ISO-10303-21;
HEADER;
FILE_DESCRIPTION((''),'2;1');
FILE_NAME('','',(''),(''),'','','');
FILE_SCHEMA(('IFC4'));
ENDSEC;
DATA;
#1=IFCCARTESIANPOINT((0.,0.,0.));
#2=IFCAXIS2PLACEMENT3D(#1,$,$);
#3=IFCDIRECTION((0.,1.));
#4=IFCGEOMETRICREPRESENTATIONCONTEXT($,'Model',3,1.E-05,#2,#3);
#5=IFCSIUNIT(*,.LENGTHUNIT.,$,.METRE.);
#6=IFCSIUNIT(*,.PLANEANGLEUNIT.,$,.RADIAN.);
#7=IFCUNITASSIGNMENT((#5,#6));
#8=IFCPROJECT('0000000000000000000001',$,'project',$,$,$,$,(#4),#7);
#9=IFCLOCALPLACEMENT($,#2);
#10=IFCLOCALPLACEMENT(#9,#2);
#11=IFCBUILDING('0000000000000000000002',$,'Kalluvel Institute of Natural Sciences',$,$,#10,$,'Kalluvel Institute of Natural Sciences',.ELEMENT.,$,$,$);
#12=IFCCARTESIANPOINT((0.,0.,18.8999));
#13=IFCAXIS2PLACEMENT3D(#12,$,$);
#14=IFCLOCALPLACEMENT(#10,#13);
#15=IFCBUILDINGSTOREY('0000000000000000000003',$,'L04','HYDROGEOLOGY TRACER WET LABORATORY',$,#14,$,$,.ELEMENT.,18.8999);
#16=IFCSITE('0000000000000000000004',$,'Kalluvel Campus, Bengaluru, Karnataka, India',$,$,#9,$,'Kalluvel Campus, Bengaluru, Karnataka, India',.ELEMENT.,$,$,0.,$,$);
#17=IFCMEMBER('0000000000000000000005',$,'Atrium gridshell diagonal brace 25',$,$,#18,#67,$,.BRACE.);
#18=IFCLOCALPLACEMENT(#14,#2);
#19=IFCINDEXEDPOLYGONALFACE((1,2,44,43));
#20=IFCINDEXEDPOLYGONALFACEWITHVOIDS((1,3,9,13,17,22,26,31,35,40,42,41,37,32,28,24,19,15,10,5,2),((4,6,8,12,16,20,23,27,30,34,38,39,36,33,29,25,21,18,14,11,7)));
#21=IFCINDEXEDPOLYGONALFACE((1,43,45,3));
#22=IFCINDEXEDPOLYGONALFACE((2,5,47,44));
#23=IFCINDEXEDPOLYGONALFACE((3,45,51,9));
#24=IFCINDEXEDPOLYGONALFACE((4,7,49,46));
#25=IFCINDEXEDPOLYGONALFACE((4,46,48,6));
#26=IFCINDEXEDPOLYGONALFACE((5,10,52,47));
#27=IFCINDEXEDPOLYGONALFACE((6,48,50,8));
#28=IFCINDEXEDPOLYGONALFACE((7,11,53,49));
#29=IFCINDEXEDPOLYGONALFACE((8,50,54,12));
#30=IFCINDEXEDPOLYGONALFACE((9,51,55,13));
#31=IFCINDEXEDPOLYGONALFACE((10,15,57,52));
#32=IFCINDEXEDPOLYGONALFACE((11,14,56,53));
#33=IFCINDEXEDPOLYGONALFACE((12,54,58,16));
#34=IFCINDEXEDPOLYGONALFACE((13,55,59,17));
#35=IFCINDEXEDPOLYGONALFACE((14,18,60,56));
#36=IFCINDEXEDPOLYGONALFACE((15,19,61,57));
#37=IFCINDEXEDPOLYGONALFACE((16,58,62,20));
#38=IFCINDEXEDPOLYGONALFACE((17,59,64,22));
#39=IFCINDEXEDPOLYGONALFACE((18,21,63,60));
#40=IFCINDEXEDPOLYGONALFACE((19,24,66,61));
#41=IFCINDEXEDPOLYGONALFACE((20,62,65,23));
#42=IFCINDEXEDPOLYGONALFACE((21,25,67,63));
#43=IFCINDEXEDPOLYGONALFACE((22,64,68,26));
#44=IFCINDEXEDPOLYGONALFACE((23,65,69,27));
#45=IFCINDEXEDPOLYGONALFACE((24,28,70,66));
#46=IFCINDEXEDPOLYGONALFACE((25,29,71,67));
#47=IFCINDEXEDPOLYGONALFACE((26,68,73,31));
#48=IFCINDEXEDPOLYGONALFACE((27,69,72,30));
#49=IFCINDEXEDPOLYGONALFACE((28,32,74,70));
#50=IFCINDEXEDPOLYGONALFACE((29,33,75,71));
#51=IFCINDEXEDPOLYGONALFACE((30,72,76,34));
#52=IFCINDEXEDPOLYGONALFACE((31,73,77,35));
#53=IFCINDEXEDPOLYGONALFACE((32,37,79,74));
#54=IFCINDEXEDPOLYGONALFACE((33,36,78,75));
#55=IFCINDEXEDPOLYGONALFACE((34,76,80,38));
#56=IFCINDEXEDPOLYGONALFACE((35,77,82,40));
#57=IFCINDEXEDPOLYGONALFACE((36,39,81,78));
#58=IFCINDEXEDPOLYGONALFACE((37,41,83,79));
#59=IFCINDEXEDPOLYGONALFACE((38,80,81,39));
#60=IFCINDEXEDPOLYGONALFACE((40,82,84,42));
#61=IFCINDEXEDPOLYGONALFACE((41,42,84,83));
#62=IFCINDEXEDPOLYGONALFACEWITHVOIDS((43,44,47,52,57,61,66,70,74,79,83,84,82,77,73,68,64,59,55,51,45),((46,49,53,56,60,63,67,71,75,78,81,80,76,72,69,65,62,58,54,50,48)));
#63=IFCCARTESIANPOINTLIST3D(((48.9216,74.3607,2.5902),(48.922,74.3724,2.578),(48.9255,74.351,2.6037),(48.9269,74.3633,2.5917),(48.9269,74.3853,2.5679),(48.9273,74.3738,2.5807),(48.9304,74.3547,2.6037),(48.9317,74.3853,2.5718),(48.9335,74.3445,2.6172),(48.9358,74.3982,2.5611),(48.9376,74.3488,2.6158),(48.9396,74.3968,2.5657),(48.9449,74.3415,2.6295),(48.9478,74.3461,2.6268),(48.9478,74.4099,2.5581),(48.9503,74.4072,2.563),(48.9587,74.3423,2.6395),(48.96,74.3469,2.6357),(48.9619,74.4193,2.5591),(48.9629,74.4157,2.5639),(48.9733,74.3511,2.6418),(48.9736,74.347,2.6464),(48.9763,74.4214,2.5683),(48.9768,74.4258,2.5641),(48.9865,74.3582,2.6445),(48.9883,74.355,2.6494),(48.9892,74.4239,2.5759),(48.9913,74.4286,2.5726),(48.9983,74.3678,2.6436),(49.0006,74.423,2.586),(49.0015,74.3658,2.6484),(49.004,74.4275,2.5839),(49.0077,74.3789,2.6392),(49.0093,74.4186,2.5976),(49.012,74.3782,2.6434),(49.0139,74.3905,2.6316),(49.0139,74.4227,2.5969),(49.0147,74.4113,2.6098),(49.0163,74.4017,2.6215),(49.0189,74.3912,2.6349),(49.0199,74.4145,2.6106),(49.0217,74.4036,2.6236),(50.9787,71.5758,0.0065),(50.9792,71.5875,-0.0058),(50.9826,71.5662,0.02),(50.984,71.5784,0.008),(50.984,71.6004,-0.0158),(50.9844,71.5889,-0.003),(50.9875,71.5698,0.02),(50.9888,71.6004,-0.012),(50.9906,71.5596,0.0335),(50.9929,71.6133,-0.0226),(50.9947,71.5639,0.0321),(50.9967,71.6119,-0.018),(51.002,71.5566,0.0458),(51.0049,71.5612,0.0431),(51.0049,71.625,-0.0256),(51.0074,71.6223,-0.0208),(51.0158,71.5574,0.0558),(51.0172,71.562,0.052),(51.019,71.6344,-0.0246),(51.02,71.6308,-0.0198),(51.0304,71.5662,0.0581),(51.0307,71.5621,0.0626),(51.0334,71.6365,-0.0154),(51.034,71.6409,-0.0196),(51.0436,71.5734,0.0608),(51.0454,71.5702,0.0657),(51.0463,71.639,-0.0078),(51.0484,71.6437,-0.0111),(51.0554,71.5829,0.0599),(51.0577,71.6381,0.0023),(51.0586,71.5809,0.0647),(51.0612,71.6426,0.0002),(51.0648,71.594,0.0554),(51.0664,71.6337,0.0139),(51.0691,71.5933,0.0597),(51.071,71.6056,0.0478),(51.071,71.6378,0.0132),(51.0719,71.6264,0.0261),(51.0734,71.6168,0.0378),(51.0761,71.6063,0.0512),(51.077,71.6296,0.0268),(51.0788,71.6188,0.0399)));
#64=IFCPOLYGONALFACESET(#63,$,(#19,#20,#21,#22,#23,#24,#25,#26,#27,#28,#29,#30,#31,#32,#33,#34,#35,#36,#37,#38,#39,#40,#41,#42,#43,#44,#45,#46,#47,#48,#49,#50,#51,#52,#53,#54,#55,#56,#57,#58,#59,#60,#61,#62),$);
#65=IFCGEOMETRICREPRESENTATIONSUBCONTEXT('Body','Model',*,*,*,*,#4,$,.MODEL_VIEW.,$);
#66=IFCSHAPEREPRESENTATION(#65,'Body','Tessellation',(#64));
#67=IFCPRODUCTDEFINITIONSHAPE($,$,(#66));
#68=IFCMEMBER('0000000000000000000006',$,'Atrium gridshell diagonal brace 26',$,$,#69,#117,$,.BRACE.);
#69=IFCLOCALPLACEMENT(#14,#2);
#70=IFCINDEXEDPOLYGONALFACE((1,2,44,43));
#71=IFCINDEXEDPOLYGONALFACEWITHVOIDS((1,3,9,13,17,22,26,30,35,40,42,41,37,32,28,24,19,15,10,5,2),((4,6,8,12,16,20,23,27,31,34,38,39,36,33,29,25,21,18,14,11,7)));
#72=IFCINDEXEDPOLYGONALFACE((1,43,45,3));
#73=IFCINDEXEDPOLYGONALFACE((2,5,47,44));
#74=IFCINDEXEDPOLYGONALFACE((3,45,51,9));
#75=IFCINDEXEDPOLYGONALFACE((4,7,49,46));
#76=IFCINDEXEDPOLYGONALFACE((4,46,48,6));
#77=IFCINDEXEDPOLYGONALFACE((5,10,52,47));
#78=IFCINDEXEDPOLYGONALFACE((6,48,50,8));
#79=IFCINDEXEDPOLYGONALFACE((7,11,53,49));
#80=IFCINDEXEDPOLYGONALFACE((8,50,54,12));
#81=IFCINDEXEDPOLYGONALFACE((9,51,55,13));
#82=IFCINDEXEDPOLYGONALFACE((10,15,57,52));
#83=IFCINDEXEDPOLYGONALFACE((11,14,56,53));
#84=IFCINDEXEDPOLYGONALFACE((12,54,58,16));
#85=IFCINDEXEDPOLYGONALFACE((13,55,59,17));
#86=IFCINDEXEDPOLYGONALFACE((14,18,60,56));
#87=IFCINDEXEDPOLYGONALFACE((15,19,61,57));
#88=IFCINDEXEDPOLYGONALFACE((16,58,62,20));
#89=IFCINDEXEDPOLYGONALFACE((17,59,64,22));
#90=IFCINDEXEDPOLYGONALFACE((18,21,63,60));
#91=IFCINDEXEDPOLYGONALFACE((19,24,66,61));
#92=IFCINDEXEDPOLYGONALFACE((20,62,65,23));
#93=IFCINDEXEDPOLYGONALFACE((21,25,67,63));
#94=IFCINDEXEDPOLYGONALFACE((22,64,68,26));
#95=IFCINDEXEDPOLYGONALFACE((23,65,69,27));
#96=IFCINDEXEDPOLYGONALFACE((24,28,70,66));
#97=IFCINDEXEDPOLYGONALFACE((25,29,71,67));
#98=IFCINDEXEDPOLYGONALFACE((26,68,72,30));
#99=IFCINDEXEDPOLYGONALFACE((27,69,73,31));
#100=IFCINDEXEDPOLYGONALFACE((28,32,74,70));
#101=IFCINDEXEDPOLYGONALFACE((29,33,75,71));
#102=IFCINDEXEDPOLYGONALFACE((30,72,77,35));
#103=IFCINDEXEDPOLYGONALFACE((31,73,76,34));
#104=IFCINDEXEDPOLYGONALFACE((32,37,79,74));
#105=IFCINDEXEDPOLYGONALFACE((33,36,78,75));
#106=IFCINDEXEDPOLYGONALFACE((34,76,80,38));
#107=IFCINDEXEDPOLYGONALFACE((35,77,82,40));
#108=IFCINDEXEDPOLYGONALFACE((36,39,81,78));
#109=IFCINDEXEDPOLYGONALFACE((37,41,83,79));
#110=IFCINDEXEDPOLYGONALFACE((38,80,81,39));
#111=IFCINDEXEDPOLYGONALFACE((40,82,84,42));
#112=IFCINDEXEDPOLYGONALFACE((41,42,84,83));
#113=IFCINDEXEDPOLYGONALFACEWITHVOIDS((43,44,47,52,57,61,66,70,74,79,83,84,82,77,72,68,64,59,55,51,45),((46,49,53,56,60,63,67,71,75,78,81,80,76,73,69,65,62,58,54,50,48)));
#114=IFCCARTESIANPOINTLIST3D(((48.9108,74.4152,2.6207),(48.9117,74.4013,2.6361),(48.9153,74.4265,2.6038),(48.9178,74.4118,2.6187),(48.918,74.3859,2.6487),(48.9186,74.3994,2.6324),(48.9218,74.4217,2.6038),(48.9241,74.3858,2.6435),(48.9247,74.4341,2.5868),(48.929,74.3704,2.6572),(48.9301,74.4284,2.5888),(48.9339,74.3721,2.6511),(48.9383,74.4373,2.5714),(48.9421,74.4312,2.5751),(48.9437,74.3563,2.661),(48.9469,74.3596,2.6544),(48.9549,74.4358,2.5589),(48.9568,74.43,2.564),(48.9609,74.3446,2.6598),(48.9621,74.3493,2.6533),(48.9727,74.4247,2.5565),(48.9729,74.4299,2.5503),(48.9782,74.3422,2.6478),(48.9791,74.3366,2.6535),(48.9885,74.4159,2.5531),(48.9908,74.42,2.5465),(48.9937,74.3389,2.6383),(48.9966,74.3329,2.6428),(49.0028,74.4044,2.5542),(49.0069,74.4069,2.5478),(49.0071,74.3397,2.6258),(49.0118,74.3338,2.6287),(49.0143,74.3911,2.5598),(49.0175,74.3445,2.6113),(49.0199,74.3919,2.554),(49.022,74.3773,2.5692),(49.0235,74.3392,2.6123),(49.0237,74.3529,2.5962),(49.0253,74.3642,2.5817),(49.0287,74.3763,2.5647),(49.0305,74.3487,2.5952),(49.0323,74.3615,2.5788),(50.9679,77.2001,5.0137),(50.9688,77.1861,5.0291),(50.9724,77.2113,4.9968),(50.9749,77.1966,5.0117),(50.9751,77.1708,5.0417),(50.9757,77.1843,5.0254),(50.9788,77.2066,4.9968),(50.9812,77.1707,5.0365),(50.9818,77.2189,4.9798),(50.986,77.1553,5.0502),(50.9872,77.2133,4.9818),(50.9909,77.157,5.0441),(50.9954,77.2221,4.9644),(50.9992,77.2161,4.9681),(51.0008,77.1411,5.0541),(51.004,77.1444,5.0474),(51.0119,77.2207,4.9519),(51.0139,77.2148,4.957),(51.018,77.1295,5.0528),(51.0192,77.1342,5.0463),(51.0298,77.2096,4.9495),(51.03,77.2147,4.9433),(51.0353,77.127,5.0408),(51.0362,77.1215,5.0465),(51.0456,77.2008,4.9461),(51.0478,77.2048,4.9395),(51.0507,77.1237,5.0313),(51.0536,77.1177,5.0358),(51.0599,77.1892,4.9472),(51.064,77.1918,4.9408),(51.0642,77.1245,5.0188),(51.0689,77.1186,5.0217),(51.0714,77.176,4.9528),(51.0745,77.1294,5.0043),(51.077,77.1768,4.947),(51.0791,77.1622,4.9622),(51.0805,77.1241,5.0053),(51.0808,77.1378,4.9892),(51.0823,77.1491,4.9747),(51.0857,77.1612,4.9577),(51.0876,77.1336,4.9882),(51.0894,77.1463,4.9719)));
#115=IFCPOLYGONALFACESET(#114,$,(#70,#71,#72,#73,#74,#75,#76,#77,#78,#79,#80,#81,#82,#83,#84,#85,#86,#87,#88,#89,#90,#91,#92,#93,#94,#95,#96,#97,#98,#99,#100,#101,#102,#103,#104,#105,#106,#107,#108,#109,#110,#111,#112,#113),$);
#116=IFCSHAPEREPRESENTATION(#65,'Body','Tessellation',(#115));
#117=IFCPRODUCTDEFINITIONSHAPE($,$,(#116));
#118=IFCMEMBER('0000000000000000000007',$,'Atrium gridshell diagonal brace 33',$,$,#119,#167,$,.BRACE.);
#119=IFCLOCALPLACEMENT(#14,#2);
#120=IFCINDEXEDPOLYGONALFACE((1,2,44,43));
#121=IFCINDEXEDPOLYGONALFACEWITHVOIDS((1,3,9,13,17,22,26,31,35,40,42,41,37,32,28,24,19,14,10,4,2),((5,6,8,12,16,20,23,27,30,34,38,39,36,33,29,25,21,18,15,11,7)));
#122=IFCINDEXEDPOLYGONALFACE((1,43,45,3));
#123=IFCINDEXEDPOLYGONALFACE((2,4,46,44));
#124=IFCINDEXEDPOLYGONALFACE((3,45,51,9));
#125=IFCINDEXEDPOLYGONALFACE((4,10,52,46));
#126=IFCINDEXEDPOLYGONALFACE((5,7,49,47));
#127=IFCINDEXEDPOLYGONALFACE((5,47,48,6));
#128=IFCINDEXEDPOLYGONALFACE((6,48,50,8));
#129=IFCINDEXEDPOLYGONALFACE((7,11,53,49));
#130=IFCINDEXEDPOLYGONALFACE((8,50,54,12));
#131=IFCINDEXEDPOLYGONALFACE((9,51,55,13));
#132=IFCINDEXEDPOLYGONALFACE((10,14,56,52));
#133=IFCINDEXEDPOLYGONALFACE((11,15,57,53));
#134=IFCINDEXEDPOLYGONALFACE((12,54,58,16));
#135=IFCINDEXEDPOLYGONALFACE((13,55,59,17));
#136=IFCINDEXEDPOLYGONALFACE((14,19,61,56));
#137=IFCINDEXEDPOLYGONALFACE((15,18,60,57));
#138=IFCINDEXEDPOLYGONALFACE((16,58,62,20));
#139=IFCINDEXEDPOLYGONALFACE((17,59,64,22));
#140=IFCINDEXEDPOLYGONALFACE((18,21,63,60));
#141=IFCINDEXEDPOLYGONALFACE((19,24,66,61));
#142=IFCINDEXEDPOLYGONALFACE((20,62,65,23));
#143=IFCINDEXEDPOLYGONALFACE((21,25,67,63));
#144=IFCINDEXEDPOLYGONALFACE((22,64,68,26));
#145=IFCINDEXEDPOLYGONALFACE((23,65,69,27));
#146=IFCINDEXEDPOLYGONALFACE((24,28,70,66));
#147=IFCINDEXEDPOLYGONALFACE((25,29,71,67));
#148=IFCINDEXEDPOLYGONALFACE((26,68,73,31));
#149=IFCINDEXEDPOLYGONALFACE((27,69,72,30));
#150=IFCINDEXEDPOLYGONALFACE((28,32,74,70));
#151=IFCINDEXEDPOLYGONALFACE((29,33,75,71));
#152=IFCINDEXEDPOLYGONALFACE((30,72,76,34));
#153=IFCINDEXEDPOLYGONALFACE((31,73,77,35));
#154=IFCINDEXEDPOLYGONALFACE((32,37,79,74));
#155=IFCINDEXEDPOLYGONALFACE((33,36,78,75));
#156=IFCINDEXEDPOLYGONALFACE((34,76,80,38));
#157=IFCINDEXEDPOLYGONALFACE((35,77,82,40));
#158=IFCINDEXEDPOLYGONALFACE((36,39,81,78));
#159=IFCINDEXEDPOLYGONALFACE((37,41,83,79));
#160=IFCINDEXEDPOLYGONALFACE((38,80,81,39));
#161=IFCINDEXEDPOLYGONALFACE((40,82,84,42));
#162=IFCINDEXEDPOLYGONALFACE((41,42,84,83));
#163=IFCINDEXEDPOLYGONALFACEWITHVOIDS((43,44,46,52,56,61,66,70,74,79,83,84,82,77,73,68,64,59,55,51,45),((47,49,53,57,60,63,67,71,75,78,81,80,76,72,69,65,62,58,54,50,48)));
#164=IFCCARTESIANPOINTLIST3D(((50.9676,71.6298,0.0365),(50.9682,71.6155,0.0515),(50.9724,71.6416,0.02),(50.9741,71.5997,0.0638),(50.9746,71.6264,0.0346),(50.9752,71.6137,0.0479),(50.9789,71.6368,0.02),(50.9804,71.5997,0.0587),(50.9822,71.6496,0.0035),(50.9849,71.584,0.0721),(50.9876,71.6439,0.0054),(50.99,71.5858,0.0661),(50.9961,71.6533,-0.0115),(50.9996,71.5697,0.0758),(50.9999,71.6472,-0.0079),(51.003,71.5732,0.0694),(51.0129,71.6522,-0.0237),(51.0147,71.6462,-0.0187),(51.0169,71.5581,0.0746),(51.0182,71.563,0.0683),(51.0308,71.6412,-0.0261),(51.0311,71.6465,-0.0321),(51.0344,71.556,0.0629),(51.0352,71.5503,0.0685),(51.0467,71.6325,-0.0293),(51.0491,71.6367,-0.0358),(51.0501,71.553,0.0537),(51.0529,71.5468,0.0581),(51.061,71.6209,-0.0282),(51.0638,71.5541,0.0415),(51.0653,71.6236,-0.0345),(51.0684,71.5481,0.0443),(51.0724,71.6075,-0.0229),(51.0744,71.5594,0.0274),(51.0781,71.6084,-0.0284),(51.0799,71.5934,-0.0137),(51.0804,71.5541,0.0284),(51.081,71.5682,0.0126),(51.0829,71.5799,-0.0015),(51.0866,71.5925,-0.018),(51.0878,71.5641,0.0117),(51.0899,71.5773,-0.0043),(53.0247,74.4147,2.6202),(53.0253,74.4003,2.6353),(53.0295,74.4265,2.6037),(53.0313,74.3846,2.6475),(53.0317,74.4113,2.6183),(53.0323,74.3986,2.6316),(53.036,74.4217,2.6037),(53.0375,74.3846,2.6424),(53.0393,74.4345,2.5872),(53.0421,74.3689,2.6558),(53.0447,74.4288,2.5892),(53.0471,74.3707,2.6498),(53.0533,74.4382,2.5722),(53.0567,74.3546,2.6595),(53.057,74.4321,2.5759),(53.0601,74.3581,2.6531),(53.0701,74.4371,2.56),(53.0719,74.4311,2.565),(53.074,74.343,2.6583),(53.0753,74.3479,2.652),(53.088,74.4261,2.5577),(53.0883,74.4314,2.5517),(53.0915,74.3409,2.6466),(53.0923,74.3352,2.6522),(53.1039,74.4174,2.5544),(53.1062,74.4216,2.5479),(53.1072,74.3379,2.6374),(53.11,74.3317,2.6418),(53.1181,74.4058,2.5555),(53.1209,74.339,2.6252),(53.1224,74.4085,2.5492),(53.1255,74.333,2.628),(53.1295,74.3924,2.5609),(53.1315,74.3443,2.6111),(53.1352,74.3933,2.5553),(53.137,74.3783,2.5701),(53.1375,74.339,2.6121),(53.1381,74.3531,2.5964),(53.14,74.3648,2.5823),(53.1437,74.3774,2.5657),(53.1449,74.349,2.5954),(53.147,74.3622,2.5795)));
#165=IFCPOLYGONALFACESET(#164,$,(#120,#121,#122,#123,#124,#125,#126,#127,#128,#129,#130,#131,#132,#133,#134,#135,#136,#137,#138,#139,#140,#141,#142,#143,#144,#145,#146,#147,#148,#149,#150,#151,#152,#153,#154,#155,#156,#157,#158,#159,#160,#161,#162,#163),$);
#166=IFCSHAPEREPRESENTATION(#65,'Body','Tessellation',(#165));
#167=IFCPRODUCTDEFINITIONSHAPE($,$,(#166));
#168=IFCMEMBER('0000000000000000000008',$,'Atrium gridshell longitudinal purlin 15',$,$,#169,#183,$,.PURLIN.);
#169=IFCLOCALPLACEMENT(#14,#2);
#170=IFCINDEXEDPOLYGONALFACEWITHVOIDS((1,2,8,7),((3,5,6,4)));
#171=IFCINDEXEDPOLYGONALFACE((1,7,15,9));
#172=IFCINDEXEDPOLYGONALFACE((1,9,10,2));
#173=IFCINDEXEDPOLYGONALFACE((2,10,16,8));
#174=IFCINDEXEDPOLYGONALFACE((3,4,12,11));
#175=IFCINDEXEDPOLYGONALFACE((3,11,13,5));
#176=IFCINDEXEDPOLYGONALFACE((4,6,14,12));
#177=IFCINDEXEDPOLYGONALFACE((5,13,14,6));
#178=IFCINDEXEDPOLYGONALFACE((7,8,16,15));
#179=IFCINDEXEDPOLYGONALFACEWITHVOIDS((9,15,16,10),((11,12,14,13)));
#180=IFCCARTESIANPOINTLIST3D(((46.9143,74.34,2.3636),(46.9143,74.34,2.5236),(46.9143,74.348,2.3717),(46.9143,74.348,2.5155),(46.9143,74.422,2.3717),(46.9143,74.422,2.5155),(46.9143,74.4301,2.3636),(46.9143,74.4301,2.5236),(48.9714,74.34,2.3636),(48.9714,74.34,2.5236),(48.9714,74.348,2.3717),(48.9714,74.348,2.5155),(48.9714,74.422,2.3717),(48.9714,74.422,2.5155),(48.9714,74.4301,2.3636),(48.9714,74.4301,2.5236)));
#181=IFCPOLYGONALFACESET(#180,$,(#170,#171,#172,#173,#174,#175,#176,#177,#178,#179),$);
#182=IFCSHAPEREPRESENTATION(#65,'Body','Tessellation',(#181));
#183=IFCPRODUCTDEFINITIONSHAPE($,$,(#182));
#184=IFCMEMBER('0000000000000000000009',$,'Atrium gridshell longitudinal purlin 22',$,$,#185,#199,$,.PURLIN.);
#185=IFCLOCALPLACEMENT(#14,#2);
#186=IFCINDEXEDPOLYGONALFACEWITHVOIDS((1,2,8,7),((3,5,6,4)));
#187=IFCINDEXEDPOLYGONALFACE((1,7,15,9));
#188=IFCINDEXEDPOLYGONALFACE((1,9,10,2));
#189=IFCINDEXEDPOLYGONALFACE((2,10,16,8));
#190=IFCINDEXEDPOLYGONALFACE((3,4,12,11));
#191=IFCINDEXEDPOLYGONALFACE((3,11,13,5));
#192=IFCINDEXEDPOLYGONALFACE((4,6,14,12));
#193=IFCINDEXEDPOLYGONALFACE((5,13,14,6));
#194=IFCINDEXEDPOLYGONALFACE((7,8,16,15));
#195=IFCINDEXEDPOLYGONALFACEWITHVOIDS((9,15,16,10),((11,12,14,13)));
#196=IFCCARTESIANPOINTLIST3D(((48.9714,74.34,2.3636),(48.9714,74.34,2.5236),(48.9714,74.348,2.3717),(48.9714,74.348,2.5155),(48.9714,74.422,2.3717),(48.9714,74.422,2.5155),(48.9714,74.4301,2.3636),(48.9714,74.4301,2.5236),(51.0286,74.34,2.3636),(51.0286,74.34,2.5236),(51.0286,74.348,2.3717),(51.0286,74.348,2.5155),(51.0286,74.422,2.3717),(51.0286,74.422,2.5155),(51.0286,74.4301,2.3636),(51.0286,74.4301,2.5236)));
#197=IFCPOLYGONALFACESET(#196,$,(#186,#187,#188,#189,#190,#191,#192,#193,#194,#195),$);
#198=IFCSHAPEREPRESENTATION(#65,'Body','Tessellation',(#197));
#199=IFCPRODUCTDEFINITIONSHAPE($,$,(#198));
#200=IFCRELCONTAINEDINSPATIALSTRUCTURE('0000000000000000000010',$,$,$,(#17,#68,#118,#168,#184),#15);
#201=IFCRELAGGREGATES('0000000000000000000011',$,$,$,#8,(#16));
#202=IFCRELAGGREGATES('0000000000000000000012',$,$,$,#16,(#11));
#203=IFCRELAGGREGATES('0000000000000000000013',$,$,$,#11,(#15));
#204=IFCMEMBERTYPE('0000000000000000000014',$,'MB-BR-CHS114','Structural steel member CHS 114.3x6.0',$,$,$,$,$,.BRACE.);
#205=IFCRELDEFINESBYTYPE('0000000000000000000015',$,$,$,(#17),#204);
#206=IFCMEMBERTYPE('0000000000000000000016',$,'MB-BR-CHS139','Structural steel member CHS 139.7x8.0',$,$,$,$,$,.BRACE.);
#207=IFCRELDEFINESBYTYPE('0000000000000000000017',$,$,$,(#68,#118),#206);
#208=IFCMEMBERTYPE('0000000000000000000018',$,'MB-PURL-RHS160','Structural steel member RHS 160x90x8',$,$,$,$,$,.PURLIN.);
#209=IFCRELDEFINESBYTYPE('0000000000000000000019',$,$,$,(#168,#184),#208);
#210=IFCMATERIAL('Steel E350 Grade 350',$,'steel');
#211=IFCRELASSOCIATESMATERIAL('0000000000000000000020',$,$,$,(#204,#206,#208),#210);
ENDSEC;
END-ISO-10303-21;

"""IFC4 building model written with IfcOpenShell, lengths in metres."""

from ifc_helpers import new_model, si_unit, direction, frame, origin, origin_2d, place, context, subcontext, project, spatial, hollow_rectangle, hollow_circle, extrude, material, material_profile, profile_set, type_object, element, save


model = new_model("IFC4")

# Units and contexts
model_context = context("Model", 3, precision=1e-05, world=origin(), true_north=direction((0.0, 1.0)))
body_context = subcontext(model_context, "Body", "Model", "MODEL_VIEW")
ifc_project = project(units=[si_unit("LENGTHUNIT", "METRE"), si_unit("PLANEANGLEUNIT", "RADIAN")], contexts=[model_context])

# Site, building, storey
site_placement = place(None, origin())
site = spatial("IfcSite", under=ifc_project, at=site_placement, Name="Kalluvel Campus, Bengaluru, Karnataka, India", LongName="Kalluvel Campus, Bengaluru, Karnataka, India", CompositionType="ELEMENT", RefElevation=0.0)
building_placement = place(site_placement, origin())
building = spatial("IfcBuilding", under=site, at=building_placement, Name="Kalluvel Institute of Natural Sciences", LongName="Kalluvel Institute of Natural Sciences", CompositionType="ELEMENT")
storey_placement = place(building_placement, frame((0.0, 0.0, 18.8999)))
storey = spatial("IfcBuildingStorey", under=building, at=storey_placement, Name="L04", Description="HYDROGEOLOGY TRACER WET LABORATORY", CompositionType="ELEMENT", Elevation=18.8999)

# Members
ifc_material_1 = material(Name="Steel E350 Grade 350", Category="steel")
ifc_material_profile_1 = material_profile(ifc_material_1, hollow_circle(Radius=0.0571, WallThickness=0.0061, at=origin_2d()), Name="CHS 114.3x6.0")
ifc_profile_set_1 = profile_set([ifc_material_profile_1], Name="Steel E350 Grade 350")
member_type_1 = type_object("IfcMemberType", Name="MB-BR-CHS114", Description="Structural steel member CHS 114.3x6.0", PredefinedType="BRACE", material=ifc_profile_set_1)
member_1_placement = place(storey_placement, frame((51.0286, 71.6001, 0.02), z_axis=(-0.476177, 0.644641, 0.598075), x_axis=(-0.804353, -0.594151, 0.0)))
element("IfcMember", 1, at=member_1_placement, inside=storey, type_object=member_type_1, Name="Atrium gridshell diagonal brace 25", PredefinedType="BRACE", context=body_context, shape_type="SweptSolid", body=[
    extrude(hollow_circle(Radius=0.0571, WallThickness=0.0061, at=origin_2d()), origin(), (0.0, 0.0, 1.0), 4.3201),
])
ifc_material_profile_2 = material_profile(ifc_material_1, hollow_circle(Radius=0.0698, WallThickness=0.0081, at=origin_2d()), Name="CHS 139.7x8.0")
ifc_profile_set_2 = profile_set([ifc_material_profile_2], Name="Steel E350 Grade 350")
member_type_2 = type_object("IfcMemberType", Name="MB-BR-CHS139", Description="Structural steel member CHS 139.7x8.0", PredefinedType="BRACE", material=ifc_profile_set_2)
member_2_placement = place(storey_placement, frame((48.9714, 74.385, 2.6038), z_axis=(0.488765, 0.661683, 0.568582), x_axis=(-0.804353, 0.594151, 0.0)))
element("IfcMember", 2, at=member_2_placement, inside=storey, type_object=member_type_2, Name="Atrium gridshell diagonal brace 26", PredefinedType="BRACE", context=body_context, shape_type="SweptSolid", body=[
    extrude(hollow_circle(Radius=0.0698, WallThickness=0.0081, at=origin_2d()), origin(), (0.0, 0.0, 1.0), 4.2087),
])
member_3_placement = place(storey_placement, frame((51.0286, 71.6001, 0.02), z_axis=(0.476177, 0.644641, 0.598075), x_axis=(-0.804353, 0.594151, 0.0)))
element("IfcMember", 3, at=member_3_placement, inside=storey, type_object=member_type_2, Name="Atrium gridshell diagonal brace 33", PredefinedType="BRACE", context=body_context, shape_type="SweptSolid", body=[
    extrude(hollow_circle(Radius=0.0698, WallThickness=0.0081, at=origin_2d()), origin(), (0.0, 0.0, 1.0), 4.3201),
])
ifc_material_profile_3 = material_profile(ifc_material_1, hollow_rectangle(XDim=0.0901, YDim=0.1599, WallThickness=0.0081, at=origin_2d()), Name="RHS 160x90x8")
ifc_profile_set_3 = profile_set([ifc_material_profile_3], Name="Steel E350 Grade 350")
member_type_3 = type_object("IfcMemberType", Name="MB-PURL-RHS160", Description="Structural steel member RHS 160x90x8", PredefinedType="PURLIN", material=ifc_profile_set_3)
for number, where, z_axis, x_axis, name in (
    (4, (46.9143, 74.385, 2.4436), (1.0, 0.0, 0.0), (0.0, 1.0, 0.0), "Atrium gridshell longitudinal purlin 15"),
    (5, (48.9714, 74.385, 2.4436), (1.0, 0.0, 0.0), (0.0, 1.0, 0.0), "Atrium gridshell longitudinal purlin 22"),
):
    element("IfcMember", number, at=place(storey_placement, frame(where, z_axis=z_axis, x_axis=x_axis)), inside=storey, type_object=member_type_3, Name=name, PredefinedType="PURLIN", context=body_context, shape_type="SweptSolid", body=[
        extrude(hollow_rectangle(XDim=0.0901, YDim=0.1599, WallThickness=0.0081, at=origin_2d()), origin(), (0.0, 0.0, 1.0), 2.0571),
    ])

save(model, "model.ifc")
